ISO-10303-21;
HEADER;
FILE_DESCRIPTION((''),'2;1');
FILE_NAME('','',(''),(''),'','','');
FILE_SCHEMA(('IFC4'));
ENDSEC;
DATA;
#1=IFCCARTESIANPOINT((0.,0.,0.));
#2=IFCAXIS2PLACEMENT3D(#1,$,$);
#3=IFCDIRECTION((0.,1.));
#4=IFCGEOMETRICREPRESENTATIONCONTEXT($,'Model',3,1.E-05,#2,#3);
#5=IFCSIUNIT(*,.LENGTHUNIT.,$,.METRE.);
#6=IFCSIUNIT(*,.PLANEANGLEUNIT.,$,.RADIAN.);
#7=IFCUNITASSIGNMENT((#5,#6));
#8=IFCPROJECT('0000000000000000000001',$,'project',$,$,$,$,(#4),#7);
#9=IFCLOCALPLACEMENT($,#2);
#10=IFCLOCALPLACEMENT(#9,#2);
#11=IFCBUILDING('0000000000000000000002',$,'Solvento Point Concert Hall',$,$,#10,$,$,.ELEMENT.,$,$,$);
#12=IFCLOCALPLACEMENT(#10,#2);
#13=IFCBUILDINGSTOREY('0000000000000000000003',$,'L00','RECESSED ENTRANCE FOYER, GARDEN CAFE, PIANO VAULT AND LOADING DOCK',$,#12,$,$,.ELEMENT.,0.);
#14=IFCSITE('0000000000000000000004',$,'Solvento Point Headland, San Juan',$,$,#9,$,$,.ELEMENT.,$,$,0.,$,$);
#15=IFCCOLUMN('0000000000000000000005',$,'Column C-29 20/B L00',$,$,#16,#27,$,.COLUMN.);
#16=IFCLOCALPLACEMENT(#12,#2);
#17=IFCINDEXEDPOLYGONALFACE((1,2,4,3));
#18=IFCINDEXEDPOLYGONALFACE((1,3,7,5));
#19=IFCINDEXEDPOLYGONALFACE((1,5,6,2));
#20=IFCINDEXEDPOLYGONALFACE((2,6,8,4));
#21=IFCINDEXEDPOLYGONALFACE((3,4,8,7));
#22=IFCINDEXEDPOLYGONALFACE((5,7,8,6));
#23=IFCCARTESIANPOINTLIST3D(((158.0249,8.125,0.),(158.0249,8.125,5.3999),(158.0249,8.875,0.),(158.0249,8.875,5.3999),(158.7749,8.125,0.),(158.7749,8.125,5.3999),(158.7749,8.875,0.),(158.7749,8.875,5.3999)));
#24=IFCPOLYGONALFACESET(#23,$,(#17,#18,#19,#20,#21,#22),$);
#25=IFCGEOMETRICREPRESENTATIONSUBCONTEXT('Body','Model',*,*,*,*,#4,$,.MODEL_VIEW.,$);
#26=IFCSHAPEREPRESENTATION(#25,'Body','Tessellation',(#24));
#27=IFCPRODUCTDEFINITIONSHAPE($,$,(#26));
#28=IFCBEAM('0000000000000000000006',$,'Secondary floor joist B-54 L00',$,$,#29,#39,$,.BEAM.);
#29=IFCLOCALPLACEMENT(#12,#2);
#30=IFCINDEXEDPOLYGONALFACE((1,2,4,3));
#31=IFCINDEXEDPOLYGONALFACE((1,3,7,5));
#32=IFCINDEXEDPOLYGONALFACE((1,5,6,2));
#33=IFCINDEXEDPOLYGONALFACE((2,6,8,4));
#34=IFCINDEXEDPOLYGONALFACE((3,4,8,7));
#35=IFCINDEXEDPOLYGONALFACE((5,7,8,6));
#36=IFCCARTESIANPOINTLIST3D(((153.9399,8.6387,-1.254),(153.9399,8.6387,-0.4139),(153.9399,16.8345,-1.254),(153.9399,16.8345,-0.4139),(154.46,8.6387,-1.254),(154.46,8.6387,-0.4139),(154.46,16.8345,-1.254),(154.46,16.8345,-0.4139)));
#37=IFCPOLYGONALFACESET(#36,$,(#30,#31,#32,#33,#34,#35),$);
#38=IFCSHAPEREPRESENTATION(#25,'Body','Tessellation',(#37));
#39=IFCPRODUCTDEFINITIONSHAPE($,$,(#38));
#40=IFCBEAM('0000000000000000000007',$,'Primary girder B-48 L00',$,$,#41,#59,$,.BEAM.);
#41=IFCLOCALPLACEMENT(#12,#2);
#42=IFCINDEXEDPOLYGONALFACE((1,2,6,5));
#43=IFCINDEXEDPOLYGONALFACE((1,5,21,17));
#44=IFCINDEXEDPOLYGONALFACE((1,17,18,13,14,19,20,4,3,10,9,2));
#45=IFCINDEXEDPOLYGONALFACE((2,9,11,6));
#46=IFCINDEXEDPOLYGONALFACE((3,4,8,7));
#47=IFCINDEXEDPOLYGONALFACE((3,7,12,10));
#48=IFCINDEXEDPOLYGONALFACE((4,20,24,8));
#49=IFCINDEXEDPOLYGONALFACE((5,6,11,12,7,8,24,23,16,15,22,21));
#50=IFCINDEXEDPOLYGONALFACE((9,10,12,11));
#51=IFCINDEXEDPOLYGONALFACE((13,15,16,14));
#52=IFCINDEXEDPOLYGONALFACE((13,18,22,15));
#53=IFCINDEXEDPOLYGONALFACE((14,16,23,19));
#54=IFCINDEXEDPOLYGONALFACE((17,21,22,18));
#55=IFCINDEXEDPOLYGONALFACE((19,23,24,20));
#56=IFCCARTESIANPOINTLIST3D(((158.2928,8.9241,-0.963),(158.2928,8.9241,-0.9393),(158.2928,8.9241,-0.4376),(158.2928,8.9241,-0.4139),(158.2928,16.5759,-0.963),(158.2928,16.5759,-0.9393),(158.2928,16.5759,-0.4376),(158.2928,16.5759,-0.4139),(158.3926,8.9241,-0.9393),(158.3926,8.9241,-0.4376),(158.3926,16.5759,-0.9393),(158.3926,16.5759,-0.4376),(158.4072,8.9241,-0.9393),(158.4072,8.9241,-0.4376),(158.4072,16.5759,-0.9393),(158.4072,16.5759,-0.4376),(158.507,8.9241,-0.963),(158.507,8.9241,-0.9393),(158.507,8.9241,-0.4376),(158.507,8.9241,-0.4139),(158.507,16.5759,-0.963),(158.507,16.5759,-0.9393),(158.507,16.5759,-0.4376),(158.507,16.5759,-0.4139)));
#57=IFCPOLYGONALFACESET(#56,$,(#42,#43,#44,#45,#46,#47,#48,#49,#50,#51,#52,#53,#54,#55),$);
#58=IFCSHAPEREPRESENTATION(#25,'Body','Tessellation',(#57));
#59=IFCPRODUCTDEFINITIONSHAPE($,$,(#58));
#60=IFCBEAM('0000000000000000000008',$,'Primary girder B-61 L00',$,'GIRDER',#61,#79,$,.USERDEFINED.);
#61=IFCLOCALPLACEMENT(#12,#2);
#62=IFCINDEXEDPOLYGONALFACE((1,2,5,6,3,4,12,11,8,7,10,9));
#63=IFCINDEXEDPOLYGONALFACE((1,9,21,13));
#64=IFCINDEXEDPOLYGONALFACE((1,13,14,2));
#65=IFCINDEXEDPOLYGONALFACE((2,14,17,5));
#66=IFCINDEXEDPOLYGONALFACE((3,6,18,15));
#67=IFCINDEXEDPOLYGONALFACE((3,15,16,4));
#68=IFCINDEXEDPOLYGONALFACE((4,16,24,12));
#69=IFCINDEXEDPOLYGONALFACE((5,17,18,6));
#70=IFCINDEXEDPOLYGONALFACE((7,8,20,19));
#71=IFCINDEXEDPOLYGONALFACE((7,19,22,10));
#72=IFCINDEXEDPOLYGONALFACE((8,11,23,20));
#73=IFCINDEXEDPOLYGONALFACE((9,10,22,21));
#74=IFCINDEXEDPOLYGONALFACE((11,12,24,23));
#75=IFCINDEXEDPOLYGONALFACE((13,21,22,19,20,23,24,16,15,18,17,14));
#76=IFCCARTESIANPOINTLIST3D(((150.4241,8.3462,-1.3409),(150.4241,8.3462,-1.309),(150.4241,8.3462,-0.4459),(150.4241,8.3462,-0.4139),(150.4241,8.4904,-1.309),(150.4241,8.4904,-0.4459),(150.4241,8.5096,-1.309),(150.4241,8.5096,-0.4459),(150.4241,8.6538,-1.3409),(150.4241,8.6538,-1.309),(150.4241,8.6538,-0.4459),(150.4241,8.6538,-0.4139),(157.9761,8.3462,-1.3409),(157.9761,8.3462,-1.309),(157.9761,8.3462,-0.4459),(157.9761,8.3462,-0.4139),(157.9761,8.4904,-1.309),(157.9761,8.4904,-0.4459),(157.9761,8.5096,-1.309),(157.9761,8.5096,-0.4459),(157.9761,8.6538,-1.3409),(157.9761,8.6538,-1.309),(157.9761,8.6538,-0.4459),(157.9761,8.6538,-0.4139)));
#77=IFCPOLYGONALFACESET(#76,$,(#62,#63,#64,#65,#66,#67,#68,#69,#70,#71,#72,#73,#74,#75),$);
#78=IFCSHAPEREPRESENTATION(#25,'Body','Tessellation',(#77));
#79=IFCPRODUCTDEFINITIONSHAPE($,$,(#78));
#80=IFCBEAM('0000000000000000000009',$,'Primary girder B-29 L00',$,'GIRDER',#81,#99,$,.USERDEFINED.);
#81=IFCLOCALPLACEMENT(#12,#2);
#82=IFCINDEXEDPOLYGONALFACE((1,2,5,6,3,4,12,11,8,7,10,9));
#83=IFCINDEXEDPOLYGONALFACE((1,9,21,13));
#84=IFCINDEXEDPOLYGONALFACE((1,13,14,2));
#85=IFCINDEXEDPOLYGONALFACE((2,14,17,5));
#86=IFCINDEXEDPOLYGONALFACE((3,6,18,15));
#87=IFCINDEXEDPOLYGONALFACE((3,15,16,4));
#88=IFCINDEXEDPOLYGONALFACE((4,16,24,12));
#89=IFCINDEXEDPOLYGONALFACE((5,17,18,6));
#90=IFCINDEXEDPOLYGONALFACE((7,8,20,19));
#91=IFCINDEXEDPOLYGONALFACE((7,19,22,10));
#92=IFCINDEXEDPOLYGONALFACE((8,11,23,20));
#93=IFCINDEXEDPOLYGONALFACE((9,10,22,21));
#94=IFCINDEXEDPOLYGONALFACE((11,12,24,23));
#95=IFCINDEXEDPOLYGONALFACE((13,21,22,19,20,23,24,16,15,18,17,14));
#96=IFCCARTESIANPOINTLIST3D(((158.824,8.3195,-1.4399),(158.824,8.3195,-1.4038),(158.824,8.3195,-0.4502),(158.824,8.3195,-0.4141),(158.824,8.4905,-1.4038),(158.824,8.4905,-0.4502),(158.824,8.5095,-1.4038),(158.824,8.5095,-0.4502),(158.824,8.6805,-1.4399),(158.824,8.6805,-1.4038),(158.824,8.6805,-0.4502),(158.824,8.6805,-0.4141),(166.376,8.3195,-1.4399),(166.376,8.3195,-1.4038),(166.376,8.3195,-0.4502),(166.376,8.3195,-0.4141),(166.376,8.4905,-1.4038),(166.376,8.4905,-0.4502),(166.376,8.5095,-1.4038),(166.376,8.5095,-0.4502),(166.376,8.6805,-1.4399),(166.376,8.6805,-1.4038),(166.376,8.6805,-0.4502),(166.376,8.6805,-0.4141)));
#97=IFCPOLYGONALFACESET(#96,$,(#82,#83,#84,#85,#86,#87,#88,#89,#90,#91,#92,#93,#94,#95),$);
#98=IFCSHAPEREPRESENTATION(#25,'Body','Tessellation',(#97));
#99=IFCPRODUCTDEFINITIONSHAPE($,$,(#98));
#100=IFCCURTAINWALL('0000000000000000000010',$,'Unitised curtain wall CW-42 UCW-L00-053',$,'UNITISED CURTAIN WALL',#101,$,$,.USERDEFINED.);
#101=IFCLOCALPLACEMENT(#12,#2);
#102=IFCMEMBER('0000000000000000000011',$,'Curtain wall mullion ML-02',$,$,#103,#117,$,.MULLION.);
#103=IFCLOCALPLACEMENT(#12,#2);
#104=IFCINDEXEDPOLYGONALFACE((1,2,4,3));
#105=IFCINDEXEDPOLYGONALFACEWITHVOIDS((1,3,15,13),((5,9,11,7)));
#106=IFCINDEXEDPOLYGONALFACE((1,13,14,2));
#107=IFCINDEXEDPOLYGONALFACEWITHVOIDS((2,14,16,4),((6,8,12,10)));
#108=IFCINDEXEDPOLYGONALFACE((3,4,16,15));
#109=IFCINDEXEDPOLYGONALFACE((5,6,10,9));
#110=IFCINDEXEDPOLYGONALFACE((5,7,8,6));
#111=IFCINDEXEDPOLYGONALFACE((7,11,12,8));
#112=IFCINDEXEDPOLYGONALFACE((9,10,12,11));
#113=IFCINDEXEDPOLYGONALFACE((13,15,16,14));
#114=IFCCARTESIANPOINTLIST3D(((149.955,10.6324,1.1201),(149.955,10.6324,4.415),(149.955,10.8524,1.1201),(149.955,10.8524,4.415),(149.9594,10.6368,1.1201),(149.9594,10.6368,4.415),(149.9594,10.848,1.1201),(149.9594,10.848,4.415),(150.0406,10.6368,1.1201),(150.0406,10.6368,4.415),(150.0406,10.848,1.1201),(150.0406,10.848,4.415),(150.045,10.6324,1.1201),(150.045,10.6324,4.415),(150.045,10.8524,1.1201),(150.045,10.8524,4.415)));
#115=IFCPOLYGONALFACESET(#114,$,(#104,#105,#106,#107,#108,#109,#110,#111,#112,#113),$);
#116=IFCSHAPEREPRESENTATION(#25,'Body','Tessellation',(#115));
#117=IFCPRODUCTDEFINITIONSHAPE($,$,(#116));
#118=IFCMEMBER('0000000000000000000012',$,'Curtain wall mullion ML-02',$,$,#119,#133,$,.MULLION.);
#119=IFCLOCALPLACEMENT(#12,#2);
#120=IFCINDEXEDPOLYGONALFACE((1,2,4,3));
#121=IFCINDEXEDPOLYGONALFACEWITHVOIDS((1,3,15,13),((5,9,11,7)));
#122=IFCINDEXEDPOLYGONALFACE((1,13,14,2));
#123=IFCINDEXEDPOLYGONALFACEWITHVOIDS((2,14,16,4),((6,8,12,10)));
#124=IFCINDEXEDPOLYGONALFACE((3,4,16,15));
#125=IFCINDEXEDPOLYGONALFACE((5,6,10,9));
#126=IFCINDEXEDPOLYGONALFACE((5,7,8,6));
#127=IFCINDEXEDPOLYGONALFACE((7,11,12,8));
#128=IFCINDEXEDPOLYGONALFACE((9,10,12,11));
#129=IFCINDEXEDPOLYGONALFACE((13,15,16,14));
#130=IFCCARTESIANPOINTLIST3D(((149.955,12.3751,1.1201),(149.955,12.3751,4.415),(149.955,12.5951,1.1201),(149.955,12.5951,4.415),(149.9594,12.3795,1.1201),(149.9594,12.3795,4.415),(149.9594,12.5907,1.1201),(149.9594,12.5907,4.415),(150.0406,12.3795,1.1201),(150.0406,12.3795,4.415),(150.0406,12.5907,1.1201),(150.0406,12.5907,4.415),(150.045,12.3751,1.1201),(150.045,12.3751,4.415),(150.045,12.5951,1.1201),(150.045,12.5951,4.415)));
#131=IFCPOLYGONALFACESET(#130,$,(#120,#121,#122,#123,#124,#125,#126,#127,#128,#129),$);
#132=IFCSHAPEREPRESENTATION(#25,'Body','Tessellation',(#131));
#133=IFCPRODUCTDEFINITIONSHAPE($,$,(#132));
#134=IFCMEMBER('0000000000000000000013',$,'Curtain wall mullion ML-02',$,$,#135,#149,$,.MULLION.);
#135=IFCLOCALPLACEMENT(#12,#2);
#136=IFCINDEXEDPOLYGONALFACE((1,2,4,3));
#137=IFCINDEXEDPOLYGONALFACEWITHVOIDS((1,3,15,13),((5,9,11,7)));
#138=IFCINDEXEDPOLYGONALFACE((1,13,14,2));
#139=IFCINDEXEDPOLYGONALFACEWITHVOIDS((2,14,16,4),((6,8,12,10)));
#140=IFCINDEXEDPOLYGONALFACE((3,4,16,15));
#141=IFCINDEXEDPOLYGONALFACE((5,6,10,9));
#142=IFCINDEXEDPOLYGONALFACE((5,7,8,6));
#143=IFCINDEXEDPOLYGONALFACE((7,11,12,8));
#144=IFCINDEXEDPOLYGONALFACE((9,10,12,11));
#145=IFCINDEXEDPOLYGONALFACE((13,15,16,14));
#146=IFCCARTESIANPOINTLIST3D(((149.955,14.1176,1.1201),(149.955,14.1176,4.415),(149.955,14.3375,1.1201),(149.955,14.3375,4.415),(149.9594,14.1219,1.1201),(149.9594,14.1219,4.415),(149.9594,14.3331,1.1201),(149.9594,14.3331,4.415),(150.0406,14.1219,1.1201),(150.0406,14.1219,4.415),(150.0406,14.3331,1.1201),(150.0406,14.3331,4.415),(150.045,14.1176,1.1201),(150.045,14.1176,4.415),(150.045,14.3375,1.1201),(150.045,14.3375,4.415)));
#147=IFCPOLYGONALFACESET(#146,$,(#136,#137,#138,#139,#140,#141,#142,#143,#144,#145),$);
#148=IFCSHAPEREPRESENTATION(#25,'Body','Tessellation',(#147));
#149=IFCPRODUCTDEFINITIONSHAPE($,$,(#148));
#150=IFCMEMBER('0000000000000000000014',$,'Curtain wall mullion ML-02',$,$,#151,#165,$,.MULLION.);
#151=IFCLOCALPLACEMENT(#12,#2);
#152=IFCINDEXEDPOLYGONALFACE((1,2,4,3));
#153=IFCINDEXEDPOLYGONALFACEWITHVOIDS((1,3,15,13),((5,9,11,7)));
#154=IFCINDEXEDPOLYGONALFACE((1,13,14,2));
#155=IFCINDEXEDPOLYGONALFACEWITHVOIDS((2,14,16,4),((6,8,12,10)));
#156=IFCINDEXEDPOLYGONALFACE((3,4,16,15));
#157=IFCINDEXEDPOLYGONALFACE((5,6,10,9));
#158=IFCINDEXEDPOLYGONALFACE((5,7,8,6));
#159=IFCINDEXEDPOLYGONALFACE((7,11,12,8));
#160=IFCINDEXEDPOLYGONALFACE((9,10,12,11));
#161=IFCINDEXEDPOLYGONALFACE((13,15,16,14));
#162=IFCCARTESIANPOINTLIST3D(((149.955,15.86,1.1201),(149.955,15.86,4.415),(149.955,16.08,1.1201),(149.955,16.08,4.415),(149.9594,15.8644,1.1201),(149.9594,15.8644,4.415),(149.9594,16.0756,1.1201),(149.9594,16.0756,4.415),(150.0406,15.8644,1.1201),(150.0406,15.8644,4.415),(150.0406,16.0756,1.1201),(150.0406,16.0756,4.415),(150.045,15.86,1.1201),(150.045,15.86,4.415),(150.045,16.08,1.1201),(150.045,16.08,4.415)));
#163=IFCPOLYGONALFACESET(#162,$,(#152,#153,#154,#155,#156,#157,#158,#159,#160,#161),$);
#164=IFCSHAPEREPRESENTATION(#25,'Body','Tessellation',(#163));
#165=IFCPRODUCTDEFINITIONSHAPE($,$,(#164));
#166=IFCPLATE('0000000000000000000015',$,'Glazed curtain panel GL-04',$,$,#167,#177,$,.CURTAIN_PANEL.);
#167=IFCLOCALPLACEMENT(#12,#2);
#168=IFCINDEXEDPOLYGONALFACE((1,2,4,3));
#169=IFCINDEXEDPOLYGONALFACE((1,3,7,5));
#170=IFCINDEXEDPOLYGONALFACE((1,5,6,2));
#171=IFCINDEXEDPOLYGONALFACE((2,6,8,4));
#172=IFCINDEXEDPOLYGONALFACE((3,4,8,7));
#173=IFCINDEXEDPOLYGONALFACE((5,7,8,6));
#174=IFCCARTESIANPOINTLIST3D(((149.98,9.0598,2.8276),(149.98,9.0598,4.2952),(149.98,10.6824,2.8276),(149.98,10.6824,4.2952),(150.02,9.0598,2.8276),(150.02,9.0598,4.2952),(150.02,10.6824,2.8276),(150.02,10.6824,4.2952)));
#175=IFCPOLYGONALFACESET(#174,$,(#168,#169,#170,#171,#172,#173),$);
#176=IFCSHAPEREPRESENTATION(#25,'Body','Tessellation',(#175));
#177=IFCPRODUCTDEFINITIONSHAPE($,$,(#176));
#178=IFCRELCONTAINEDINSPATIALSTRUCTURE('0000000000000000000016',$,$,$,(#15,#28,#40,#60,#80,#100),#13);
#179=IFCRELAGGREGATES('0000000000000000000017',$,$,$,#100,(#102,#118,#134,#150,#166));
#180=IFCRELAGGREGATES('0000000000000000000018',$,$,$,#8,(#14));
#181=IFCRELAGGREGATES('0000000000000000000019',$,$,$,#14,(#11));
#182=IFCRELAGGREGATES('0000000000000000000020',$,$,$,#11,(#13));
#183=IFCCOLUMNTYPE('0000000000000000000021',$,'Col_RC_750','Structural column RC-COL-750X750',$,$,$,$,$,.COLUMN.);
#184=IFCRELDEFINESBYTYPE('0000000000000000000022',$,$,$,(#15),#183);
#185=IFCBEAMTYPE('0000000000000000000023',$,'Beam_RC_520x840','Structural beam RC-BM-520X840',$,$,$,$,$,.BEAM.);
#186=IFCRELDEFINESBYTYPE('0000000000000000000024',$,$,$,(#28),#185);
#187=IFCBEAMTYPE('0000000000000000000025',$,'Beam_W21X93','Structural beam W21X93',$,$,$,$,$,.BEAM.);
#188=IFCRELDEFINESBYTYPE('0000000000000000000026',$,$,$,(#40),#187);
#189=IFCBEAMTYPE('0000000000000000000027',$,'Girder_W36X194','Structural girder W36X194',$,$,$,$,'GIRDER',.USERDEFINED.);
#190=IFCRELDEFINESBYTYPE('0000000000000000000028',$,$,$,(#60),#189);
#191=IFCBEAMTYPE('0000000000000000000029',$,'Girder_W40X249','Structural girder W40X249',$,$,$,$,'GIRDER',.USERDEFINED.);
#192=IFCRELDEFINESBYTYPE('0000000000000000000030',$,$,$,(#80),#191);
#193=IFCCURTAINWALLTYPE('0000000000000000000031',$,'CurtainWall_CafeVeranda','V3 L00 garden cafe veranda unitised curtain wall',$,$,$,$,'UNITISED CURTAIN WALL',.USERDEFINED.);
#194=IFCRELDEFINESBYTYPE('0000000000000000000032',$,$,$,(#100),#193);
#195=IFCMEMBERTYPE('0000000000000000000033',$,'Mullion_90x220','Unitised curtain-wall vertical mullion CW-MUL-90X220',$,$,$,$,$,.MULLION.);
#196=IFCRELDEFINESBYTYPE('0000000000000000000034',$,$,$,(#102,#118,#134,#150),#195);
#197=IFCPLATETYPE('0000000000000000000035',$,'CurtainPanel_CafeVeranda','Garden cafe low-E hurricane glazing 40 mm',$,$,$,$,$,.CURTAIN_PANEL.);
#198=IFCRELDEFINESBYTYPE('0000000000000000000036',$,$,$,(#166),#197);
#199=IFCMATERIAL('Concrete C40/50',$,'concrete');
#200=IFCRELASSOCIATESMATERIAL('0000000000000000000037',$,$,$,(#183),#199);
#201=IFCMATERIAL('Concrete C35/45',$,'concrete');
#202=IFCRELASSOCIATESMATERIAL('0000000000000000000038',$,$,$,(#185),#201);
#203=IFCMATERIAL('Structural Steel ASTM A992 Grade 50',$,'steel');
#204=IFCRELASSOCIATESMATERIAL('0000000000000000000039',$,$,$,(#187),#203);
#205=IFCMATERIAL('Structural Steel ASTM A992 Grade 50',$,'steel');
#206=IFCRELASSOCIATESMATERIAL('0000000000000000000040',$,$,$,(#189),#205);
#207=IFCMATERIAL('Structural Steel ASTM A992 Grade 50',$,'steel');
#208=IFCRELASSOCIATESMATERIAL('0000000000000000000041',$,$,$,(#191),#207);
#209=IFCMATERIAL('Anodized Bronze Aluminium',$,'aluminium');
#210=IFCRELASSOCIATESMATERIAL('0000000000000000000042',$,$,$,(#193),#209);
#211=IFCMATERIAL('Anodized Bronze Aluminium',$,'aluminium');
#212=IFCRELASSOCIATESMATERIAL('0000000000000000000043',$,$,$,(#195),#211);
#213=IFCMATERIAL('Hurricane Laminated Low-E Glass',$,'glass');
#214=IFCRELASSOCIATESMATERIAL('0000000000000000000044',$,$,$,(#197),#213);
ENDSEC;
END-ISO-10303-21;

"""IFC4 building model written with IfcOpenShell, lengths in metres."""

from ifc_helpers import new_model, si_unit, direction, frame, origin, origin_2d, place, context, subcontext, project, spatial, rectangle, hollow_rectangle, i_section, extrude, material, material_profile, profile_set, type_object, element, aggregate, save


model = new_model("IFC4")

# Units and contexts
model_context = context("Model", 3, precision=1e-05, world=origin(), true_north=direction((0.0, 1.0)))
body_context = subcontext(model_context, "Body", "Model", "MODEL_VIEW")
ifc_project = project(units=[si_unit("LENGTHUNIT", "METRE"), si_unit("PLANEANGLEUNIT", "RADIAN")], contexts=[model_context])

# Site, building, storey
site_placement = place(None, origin())
site = spatial("IfcSite", under=ifc_project, at=site_placement, Name="Solvento Point Headland, San Juan", CompositionType="ELEMENT", RefElevation=0.0)
building_placement = place(site_placement, origin())
building = spatial("IfcBuilding", under=site, at=building_placement, Name="Solvento Point Concert Hall", CompositionType="ELEMENT")
storey_placement = place(building_placement, origin())
storey = spatial("IfcBuildingStorey", under=building, at=storey_placement, Name="L00", Description="RECESSED ENTRANCE FOYER, GARDEN CAFE, PIANO VAULT AND LOADING DOCK", CompositionType="ELEMENT", Elevation=0.0)

# Column
ifc_material_1 = material(Name="Concrete C40/50", Category="concrete")
ifc_material_profile_1 = material_profile(ifc_material_1, rectangle(XDim=0.75, YDim=0.75, at=origin_2d()), Name="RC-COL-750X750")
ifc_profile_set_1 = profile_set([ifc_material_profile_1], Name="Concrete C40/50")
column_type = type_object("IfcColumnType", Name="Col_RC_750", Description="Structural column RC-COL-750X750", PredefinedType="COLUMN", material=ifc_profile_set_1)
column_placement = place(storey_placement, frame((158.3999, 8.5, 0.0), z_axis=(0.0, 0.0, 1.0), x_axis=(1.0, 0.0, 0.0)))
element("IfcColumn", 1, at=column_placement, inside=storey, type_object=column_type, Name="Column C-29 20/B L00", PredefinedType="COLUMN", context=body_context, shape_type="SweptSolid", body=[
    extrude(rectangle(XDim=0.75, YDim=0.75, at=origin_2d()), origin(), (0.0, 0.0, 1.0), 5.3999),
])

# Beams
ifc_material_2 = material(Name="Concrete C35/45", Category="concrete")
ifc_material_profile_2 = material_profile(ifc_material_2, rectangle(XDim=0.52, YDim=0.8401, at=origin_2d()), Name="RC-BM-520X840")
ifc_profile_set_2 = profile_set([ifc_material_profile_2], Name="Concrete C35/45")
beam_type_1 = type_object("IfcBeamType", Name="Beam_RC_520x840", Description="Structural beam RC-BM-520X840", PredefinedType="BEAM", material=ifc_profile_set_2)
beam_1_placement = place(storey_placement, frame((154.2, 8.6387, -0.834), z_axis=(0.0, 1.0, 0.0), x_axis=(-1.0, 0.0, 0.0)))
element("IfcBeam", 2, at=beam_1_placement, inside=storey, type_object=beam_type_1, Name="Secondary floor joist B-54 L00", PredefinedType="BEAM", context=body_context, shape_type="SweptSolid", body=[
    extrude(rectangle(XDim=0.52, YDim=0.8401, at=origin_2d()), origin(), (0.0, 0.0, 1.0), 8.1958),
])
ifc_material_3 = material(Name="Structural Steel ASTM A992 Grade 50", Category="steel")
ifc_material_profile_3 = material_profile(ifc_material_3, i_section(OverallWidth=0.2141, OverallDepth=0.5491, WebThickness=0.0146, FlangeThickness=0.0237, at=origin_2d()), Name="W21X93")
ifc_profile_set_3 = profile_set([ifc_material_profile_3], Name="Structural Steel ASTM A992 Grade 50")
beam_type_2 = type_object("IfcBeamType", Name="Beam_W21X93", Description="Structural beam W21X93", PredefinedType="BEAM", material=ifc_profile_set_3)
beam_2_placement = place(storey_placement, frame((158.3999, 8.9241, -0.6885), z_axis=(0.0, 1.0, 0.0), x_axis=(-1.0, 0.0, 0.0)))
element("IfcBeam", 3, at=beam_2_placement, inside=storey, type_object=beam_type_2, Name="Primary girder B-48 L00", PredefinedType="BEAM", context=body_context, shape_type="SweptSolid", body=[
    extrude(i_section(OverallWidth=0.2141, OverallDepth=0.5491, WebThickness=0.0146, FlangeThickness=0.0237, at=origin_2d()), origin(), (0.0, 0.0, 1.0), 7.6519),
])
ifc_material_4 = material(Name="Structural Steel ASTM A992 Grade 50", Category="steel")
ifc_material_profile_4 = material_profile(ifc_material_4, i_section(OverallWidth=0.3076, OverallDepth=0.927, WebThickness=0.0193, FlangeThickness=0.032, at=origin_2d()), Name="W36X194")
ifc_profile_set_4 = profile_set([ifc_material_profile_4], Name="Structural Steel ASTM A992 Grade 50")
beam_type_3 = type_object("IfcBeamType", Name="Girder_W36X194", Description="Structural girder W36X194", ElementType="GIRDER", PredefinedType="USERDEFINED", material=ifc_profile_set_4)
beam_3_placement = place(storey_placement, frame((150.4241, 8.5, -0.8774), z_axis=(1.0, 0.0, 0.0), x_axis=(0.0, 1.0, 0.0)))
element("IfcBeam", 4, at=beam_3_placement, inside=storey, type_object=beam_type_3, Name="Primary girder B-61 L00", ObjectType="GIRDER", PredefinedType="USERDEFINED", context=body_context, shape_type="SweptSolid", body=[
    extrude(i_section(OverallWidth=0.3076, OverallDepth=0.927, WebThickness=0.0193, FlangeThickness=0.032, at=origin_2d()), origin(), (0.0, 0.0, 1.0), 7.552),
])
ifc_material_5 = material(Name="Structural Steel ASTM A992 Grade 50", Category="steel")
ifc_material_profile_5 = material_profile(ifc_material_5, i_section(OverallWidth=0.3611, OverallDepth=1.0259, WebThickness=0.019, FlangeThickness=0.0361, at=origin_2d()), Name="W40X249")
ifc_profile_set_5 = profile_set([ifc_material_profile_5], Name="Structural Steel ASTM A992 Grade 50")
beam_type_4 = type_object("IfcBeamType", Name="Girder_W40X249", Description="Structural girder W40X249", ElementType="GIRDER", PredefinedType="USERDEFINED", material=ifc_profile_set_5)
beam_4_placement = place(storey_placement, frame((158.824, 8.5, -0.927), z_axis=(1.0, 0.0, 0.0), x_axis=(0.0, 1.0, 0.0)))
element("IfcBeam", 5, at=beam_4_placement, inside=storey, type_object=beam_type_4, Name="Primary girder B-29 L00", ObjectType="GIRDER", PredefinedType="USERDEFINED", context=body_context, shape_type="SweptSolid", body=[
    extrude(i_section(OverallWidth=0.3611, OverallDepth=1.0259, WebThickness=0.019, FlangeThickness=0.0361, at=origin_2d()), origin(), (0.0, 0.0, 1.0), 7.552),
])

# Curtain wall, members, plate
ifc_material_6 = material(Name="Anodized Bronze Aluminium", Category="aluminium")
curtain_wall_type = type_object("IfcCurtainWallType", Name="CurtainWall_CafeVeranda", Description="V3 L00 garden cafe veranda unitised curtain wall", ElementType="UNITISED CURTAIN WALL", PredefinedType="USERDEFINED", material=ifc_material_6)
curtain_wall_placement = place(storey_placement, origin())
curtain_wall = element("IfcCurtainWall", 6, at=curtain_wall_placement, inside=storey, type_object=curtain_wall_type, Name="Unitised curtain wall CW-42 UCW-L00-053", ObjectType="UNITISED CURTAIN WALL", PredefinedType="USERDEFINED")
ifc_material_7 = material(Name="Anodized Bronze Aluminium", Category="aluminium")
ifc_material_profile_6 = material_profile(ifc_material_7, hollow_rectangle(XDim=0.0901, YDim=0.22, WallThickness=0.0044, at=origin_2d()), Name="CW-MUL-90X220")
ifc_profile_set_6 = profile_set([ifc_material_profile_6], Name="Anodized Bronze Aluminium")
member_type = type_object("IfcMemberType", Name="Mullion_90x220", Description="Unitised curtain-wall vertical mullion CW-MUL-90X220", PredefinedType="MULLION", material=ifc_profile_set_6)
member_1_placement = place(storey_placement, frame((150.0, 10.7424, 1.1201), z_axis=(0.0, 0.0, 1.0), x_axis=(1.0, 0.0, 0.0)))
member_1 = element("IfcMember", 7, at=member_1_placement, type_object=member_type, Name="Curtain wall mullion ML-02", PredefinedType="MULLION", context=body_context, shape_type="SweptSolid", body=[
    extrude(hollow_rectangle(XDim=0.0901, YDim=0.22, WallThickness=0.0044, at=origin_2d()), origin(), (0.0, 0.0, 1.0), 3.2949),
])
member_2_placement = place(storey_placement, frame((150.0, 12.4851, 1.1201), z_axis=(0.0, 0.0, 1.0), x_axis=(1.0, 0.0, 0.0)))
member_2 = element("IfcMember", 8, at=member_2_placement, type_object=member_type, Name="Curtain wall mullion ML-02", PredefinedType="MULLION", context=body_context, shape_type="SweptSolid", body=[
    extrude(hollow_rectangle(XDim=0.0901, YDim=0.22, WallThickness=0.0044, at=origin_2d()), origin(), (0.0, 0.0, 1.0), 3.2949),
])
member_3_placement = place(storey_placement, frame((150.0, 14.2275, 1.1201), z_axis=(0.0, 0.0, 1.0), x_axis=(1.0, 0.0, 0.0)))
member_3 = element("IfcMember", 9, at=member_3_placement, type_object=member_type, Name="Curtain wall mullion ML-02", PredefinedType="MULLION", context=body_context, shape_type="SweptSolid", body=[
    extrude(hollow_rectangle(XDim=0.0901, YDim=0.22, WallThickness=0.0044, at=origin_2d()), origin(), (0.0, 0.0, 1.0), 3.2949),
])
member_4_placement = place(storey_placement, frame((150.0, 15.97, 1.1201), z_axis=(0.0, 0.0, 1.0), x_axis=(1.0, 0.0, 0.0)))
member_4 = element("IfcMember", 10, at=member_4_placement, type_object=member_type, Name="Curtain wall mullion ML-02", PredefinedType="MULLION", context=body_context, shape_type="SweptSolid", body=[
    extrude(hollow_rectangle(XDim=0.0901, YDim=0.22, WallThickness=0.0044, at=origin_2d()), origin(), (0.0, 0.0, 1.0), 3.2949),
])
ifc_material_8 = material(Name="Hurricane Laminated Low-E Glass", Category="glass")
plate_type = type_object("IfcPlateType", Name="CurtainPanel_CafeVeranda", Description="Garden cafe low-E hurricane glazing 40 mm", PredefinedType="CURTAIN_PANEL", material=ifc_material_8)
plate_1_placement = place(storey_placement, frame((150.0, 9.8711, 2.8276), z_axis=(0.0, 0.0, 1.0), x_axis=(0.0, 1.0, 0.0)))
plate_1 = element("IfcPlate", 11, at=plate_1_placement, type_object=plate_type, Name="Glazed curtain panel GL-04", PredefinedType="CURTAIN_PANEL", context=body_context, shape_type="SweptSolid", body=[
    extrude(rectangle(XDim=1.6226, YDim=0.04, at=origin_2d()), origin(), (0.0, 0.0, 1.0), 1.4675),
])
aggregate(curtain_wall, [member_1, member_2, member_3, member_4, plate_1])

save(model, "model.ifc")
